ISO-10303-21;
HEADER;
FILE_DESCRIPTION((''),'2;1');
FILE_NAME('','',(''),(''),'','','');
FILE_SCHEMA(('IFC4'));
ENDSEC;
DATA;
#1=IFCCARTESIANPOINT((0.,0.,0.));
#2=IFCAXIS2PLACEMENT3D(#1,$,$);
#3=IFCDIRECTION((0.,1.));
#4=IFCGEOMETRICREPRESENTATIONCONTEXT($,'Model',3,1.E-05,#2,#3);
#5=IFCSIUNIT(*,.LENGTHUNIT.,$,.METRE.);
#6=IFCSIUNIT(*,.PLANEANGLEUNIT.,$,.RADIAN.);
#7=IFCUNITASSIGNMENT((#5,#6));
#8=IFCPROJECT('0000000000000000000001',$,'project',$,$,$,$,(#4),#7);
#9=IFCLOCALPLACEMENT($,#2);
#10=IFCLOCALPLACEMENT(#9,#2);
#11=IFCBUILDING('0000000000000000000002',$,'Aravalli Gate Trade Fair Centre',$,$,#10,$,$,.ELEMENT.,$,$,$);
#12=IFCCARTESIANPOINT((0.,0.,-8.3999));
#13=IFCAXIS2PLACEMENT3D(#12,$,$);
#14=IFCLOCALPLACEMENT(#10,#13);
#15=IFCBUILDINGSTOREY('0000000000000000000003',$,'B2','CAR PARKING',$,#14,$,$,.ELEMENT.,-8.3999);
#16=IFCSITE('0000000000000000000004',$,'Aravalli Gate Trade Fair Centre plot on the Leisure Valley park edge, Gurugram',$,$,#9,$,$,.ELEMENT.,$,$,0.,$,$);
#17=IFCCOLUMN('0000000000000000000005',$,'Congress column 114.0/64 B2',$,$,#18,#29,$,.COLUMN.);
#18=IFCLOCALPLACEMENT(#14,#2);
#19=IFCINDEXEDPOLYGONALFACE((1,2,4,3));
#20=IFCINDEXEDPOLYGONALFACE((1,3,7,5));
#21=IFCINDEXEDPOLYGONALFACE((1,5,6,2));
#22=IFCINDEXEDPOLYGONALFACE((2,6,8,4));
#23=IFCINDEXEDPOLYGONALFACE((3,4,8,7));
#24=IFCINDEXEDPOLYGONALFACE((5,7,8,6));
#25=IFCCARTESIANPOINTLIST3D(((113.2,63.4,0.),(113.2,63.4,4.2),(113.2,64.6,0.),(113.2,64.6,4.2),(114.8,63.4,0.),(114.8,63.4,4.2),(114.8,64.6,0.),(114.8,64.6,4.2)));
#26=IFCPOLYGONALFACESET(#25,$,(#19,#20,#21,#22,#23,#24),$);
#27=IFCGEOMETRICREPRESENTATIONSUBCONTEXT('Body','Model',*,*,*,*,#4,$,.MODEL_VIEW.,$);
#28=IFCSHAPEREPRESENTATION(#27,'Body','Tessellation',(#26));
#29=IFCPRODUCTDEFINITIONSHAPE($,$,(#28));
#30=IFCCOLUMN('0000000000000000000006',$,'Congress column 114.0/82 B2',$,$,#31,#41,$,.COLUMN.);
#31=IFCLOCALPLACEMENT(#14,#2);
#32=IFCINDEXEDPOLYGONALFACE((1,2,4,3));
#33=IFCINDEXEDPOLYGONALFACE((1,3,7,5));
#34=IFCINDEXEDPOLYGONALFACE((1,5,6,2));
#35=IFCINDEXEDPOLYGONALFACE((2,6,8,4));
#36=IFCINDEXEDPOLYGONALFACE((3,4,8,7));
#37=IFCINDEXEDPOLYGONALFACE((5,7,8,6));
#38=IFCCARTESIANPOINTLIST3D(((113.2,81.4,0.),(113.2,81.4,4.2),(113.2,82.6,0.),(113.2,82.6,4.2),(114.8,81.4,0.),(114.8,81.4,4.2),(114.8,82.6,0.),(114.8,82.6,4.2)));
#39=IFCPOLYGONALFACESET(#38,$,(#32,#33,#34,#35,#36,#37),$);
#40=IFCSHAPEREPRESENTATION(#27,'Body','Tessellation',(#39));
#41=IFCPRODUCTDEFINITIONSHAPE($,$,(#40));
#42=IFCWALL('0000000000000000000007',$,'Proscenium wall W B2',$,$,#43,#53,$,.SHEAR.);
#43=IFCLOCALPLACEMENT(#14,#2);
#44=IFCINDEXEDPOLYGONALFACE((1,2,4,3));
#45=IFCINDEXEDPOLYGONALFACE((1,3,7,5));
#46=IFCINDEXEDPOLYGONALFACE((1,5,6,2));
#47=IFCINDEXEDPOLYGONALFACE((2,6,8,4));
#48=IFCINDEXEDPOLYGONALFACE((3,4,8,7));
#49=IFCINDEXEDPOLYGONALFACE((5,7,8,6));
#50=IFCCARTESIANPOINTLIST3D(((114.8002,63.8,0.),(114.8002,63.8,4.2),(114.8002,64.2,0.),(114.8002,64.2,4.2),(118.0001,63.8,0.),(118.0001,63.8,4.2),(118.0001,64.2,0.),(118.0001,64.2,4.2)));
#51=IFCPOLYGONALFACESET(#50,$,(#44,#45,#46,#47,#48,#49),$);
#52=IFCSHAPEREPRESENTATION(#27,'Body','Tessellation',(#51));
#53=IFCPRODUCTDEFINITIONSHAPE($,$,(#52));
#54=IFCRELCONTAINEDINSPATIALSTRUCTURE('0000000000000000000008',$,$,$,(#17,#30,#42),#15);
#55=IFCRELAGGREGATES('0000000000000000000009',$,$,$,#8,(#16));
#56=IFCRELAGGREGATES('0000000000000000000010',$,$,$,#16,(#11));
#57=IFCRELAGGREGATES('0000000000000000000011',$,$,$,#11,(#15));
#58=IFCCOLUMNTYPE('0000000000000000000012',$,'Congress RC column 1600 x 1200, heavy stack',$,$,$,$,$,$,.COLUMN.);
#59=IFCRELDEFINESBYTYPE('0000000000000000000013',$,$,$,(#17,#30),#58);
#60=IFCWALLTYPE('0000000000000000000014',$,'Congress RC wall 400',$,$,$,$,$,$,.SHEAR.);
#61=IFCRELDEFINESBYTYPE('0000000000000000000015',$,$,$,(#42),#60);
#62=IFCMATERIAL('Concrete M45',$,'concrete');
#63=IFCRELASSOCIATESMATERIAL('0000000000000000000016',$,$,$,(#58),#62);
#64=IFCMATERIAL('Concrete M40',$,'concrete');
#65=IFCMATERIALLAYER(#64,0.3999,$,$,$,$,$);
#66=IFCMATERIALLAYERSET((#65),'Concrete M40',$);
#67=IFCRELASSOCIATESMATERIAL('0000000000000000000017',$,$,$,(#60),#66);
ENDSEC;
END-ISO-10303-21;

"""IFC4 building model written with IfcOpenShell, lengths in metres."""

from ifc_helpers import new_model, si_unit, direction, frame, frame_2d, origin, origin_2d, place, context, subcontext, project, spatial, rectangle, extrude, material, layer, layer_set, material_profile, profile_set, type_object, element, save


model = new_model("IFC4")

# Units and contexts
model_context = context("Model", 3, precision=1e-05, world=origin(), true_north=direction((0.0, 1.0)))
body_context = subcontext(model_context, "Body", "Model", "MODEL_VIEW")
ifc_project = project(units=[si_unit("LENGTHUNIT", "METRE"), si_unit("PLANEANGLEUNIT", "RADIAN")], contexts=[model_context])

# Site, building, storey
site_placement = place(None, origin())
site = spatial("IfcSite", under=ifc_project, at=site_placement, Name="Aravalli Gate Trade Fair Centre plot on the Leisure Valley park edge, Gurugram", CompositionType="ELEMENT", RefElevation=0.0)
building_placement = place(site_placement, origin())
building = spatial("IfcBuilding", under=site, at=building_placement, Name="Aravalli Gate Trade Fair Centre", CompositionType="ELEMENT")
storey_placement = place(building_placement, frame((0.0, 0.0, -8.3999)))
storey = spatial("IfcBuildingStorey", under=building, at=storey_placement, Name="B2", Description="CAR PARKING", CompositionType="ELEMENT", Elevation=-8.3999)

# Columns
ifc_material_1 = material(Name="Concrete M45", Category="concrete")
ifc_material_profile_1 = material_profile(ifc_material_1, rectangle(XDim=1.6001, YDim=1.2, at=origin_2d()), Name="RC 1600x1200")
ifc_profile_set_1 = profile_set([ifc_material_profile_1], Name="Concrete M45")
column_type_1 = type_object("IfcColumnType", Name="Congress RC column 1600 x 1200, heavy stack", PredefinedType="COLUMN", material=ifc_profile_set_1)
for number, where, z_axis, x_axis, name in (
    (1, (114.0, 64.0, 0.0), (0.0, 0.0, 1.0), (1.0, 0.0, 0.0), "Congress column 114.0/64 B2"),
    (2, (114.0, 82.0, 0.0), (0.0, 0.0, 1.0), (1.0, 0.0, 0.0), "Congress column 114.0/82 B2"),
):
    element("IfcColumn", number, at=place(storey_placement, frame(where, z_axis=z_axis, x_axis=x_axis)), inside=storey, type_object=column_type_1, Name=name, PredefinedType="COLUMN", context=body_context, shape_type="SweptSolid", body=[
        extrude(rectangle(XDim=1.6001, YDim=1.2, at=origin_2d()), origin(), (0.0, 0.0, 1.0), 4.2),
    ])

# Wall
ifc_material_2 = material(Name="Concrete M40", Category="concrete")
ifc_layer = layer(ifc_material_2, 0.3999)
ifc_layer_set = layer_set([ifc_layer], Name="Concrete M40")
wall_type = type_object("IfcWallType", Name="Congress RC wall 400", PredefinedType="SHEAR", material=ifc_layer_set)
wall_placement = place(storey_placement, frame((114.8, 64.0, 0.0), z_axis=(0.0, 0.0, 1.0), x_axis=(1.0, 0.0, 0.0)))
element("IfcWall", 3, at=wall_placement, inside=storey, type_object=wall_type, Name="Proscenium wall W B2", PredefinedType="SHEAR", context=body_context, shape_type="SweptSolid", body=[
    extrude(rectangle(XDim=3.2, YDim=0.3999, at=frame_2d((1.6001, 0.0))), origin(), (0.0, 0.0, 1.0), 4.2),
])

save(model, "model.ifc")
